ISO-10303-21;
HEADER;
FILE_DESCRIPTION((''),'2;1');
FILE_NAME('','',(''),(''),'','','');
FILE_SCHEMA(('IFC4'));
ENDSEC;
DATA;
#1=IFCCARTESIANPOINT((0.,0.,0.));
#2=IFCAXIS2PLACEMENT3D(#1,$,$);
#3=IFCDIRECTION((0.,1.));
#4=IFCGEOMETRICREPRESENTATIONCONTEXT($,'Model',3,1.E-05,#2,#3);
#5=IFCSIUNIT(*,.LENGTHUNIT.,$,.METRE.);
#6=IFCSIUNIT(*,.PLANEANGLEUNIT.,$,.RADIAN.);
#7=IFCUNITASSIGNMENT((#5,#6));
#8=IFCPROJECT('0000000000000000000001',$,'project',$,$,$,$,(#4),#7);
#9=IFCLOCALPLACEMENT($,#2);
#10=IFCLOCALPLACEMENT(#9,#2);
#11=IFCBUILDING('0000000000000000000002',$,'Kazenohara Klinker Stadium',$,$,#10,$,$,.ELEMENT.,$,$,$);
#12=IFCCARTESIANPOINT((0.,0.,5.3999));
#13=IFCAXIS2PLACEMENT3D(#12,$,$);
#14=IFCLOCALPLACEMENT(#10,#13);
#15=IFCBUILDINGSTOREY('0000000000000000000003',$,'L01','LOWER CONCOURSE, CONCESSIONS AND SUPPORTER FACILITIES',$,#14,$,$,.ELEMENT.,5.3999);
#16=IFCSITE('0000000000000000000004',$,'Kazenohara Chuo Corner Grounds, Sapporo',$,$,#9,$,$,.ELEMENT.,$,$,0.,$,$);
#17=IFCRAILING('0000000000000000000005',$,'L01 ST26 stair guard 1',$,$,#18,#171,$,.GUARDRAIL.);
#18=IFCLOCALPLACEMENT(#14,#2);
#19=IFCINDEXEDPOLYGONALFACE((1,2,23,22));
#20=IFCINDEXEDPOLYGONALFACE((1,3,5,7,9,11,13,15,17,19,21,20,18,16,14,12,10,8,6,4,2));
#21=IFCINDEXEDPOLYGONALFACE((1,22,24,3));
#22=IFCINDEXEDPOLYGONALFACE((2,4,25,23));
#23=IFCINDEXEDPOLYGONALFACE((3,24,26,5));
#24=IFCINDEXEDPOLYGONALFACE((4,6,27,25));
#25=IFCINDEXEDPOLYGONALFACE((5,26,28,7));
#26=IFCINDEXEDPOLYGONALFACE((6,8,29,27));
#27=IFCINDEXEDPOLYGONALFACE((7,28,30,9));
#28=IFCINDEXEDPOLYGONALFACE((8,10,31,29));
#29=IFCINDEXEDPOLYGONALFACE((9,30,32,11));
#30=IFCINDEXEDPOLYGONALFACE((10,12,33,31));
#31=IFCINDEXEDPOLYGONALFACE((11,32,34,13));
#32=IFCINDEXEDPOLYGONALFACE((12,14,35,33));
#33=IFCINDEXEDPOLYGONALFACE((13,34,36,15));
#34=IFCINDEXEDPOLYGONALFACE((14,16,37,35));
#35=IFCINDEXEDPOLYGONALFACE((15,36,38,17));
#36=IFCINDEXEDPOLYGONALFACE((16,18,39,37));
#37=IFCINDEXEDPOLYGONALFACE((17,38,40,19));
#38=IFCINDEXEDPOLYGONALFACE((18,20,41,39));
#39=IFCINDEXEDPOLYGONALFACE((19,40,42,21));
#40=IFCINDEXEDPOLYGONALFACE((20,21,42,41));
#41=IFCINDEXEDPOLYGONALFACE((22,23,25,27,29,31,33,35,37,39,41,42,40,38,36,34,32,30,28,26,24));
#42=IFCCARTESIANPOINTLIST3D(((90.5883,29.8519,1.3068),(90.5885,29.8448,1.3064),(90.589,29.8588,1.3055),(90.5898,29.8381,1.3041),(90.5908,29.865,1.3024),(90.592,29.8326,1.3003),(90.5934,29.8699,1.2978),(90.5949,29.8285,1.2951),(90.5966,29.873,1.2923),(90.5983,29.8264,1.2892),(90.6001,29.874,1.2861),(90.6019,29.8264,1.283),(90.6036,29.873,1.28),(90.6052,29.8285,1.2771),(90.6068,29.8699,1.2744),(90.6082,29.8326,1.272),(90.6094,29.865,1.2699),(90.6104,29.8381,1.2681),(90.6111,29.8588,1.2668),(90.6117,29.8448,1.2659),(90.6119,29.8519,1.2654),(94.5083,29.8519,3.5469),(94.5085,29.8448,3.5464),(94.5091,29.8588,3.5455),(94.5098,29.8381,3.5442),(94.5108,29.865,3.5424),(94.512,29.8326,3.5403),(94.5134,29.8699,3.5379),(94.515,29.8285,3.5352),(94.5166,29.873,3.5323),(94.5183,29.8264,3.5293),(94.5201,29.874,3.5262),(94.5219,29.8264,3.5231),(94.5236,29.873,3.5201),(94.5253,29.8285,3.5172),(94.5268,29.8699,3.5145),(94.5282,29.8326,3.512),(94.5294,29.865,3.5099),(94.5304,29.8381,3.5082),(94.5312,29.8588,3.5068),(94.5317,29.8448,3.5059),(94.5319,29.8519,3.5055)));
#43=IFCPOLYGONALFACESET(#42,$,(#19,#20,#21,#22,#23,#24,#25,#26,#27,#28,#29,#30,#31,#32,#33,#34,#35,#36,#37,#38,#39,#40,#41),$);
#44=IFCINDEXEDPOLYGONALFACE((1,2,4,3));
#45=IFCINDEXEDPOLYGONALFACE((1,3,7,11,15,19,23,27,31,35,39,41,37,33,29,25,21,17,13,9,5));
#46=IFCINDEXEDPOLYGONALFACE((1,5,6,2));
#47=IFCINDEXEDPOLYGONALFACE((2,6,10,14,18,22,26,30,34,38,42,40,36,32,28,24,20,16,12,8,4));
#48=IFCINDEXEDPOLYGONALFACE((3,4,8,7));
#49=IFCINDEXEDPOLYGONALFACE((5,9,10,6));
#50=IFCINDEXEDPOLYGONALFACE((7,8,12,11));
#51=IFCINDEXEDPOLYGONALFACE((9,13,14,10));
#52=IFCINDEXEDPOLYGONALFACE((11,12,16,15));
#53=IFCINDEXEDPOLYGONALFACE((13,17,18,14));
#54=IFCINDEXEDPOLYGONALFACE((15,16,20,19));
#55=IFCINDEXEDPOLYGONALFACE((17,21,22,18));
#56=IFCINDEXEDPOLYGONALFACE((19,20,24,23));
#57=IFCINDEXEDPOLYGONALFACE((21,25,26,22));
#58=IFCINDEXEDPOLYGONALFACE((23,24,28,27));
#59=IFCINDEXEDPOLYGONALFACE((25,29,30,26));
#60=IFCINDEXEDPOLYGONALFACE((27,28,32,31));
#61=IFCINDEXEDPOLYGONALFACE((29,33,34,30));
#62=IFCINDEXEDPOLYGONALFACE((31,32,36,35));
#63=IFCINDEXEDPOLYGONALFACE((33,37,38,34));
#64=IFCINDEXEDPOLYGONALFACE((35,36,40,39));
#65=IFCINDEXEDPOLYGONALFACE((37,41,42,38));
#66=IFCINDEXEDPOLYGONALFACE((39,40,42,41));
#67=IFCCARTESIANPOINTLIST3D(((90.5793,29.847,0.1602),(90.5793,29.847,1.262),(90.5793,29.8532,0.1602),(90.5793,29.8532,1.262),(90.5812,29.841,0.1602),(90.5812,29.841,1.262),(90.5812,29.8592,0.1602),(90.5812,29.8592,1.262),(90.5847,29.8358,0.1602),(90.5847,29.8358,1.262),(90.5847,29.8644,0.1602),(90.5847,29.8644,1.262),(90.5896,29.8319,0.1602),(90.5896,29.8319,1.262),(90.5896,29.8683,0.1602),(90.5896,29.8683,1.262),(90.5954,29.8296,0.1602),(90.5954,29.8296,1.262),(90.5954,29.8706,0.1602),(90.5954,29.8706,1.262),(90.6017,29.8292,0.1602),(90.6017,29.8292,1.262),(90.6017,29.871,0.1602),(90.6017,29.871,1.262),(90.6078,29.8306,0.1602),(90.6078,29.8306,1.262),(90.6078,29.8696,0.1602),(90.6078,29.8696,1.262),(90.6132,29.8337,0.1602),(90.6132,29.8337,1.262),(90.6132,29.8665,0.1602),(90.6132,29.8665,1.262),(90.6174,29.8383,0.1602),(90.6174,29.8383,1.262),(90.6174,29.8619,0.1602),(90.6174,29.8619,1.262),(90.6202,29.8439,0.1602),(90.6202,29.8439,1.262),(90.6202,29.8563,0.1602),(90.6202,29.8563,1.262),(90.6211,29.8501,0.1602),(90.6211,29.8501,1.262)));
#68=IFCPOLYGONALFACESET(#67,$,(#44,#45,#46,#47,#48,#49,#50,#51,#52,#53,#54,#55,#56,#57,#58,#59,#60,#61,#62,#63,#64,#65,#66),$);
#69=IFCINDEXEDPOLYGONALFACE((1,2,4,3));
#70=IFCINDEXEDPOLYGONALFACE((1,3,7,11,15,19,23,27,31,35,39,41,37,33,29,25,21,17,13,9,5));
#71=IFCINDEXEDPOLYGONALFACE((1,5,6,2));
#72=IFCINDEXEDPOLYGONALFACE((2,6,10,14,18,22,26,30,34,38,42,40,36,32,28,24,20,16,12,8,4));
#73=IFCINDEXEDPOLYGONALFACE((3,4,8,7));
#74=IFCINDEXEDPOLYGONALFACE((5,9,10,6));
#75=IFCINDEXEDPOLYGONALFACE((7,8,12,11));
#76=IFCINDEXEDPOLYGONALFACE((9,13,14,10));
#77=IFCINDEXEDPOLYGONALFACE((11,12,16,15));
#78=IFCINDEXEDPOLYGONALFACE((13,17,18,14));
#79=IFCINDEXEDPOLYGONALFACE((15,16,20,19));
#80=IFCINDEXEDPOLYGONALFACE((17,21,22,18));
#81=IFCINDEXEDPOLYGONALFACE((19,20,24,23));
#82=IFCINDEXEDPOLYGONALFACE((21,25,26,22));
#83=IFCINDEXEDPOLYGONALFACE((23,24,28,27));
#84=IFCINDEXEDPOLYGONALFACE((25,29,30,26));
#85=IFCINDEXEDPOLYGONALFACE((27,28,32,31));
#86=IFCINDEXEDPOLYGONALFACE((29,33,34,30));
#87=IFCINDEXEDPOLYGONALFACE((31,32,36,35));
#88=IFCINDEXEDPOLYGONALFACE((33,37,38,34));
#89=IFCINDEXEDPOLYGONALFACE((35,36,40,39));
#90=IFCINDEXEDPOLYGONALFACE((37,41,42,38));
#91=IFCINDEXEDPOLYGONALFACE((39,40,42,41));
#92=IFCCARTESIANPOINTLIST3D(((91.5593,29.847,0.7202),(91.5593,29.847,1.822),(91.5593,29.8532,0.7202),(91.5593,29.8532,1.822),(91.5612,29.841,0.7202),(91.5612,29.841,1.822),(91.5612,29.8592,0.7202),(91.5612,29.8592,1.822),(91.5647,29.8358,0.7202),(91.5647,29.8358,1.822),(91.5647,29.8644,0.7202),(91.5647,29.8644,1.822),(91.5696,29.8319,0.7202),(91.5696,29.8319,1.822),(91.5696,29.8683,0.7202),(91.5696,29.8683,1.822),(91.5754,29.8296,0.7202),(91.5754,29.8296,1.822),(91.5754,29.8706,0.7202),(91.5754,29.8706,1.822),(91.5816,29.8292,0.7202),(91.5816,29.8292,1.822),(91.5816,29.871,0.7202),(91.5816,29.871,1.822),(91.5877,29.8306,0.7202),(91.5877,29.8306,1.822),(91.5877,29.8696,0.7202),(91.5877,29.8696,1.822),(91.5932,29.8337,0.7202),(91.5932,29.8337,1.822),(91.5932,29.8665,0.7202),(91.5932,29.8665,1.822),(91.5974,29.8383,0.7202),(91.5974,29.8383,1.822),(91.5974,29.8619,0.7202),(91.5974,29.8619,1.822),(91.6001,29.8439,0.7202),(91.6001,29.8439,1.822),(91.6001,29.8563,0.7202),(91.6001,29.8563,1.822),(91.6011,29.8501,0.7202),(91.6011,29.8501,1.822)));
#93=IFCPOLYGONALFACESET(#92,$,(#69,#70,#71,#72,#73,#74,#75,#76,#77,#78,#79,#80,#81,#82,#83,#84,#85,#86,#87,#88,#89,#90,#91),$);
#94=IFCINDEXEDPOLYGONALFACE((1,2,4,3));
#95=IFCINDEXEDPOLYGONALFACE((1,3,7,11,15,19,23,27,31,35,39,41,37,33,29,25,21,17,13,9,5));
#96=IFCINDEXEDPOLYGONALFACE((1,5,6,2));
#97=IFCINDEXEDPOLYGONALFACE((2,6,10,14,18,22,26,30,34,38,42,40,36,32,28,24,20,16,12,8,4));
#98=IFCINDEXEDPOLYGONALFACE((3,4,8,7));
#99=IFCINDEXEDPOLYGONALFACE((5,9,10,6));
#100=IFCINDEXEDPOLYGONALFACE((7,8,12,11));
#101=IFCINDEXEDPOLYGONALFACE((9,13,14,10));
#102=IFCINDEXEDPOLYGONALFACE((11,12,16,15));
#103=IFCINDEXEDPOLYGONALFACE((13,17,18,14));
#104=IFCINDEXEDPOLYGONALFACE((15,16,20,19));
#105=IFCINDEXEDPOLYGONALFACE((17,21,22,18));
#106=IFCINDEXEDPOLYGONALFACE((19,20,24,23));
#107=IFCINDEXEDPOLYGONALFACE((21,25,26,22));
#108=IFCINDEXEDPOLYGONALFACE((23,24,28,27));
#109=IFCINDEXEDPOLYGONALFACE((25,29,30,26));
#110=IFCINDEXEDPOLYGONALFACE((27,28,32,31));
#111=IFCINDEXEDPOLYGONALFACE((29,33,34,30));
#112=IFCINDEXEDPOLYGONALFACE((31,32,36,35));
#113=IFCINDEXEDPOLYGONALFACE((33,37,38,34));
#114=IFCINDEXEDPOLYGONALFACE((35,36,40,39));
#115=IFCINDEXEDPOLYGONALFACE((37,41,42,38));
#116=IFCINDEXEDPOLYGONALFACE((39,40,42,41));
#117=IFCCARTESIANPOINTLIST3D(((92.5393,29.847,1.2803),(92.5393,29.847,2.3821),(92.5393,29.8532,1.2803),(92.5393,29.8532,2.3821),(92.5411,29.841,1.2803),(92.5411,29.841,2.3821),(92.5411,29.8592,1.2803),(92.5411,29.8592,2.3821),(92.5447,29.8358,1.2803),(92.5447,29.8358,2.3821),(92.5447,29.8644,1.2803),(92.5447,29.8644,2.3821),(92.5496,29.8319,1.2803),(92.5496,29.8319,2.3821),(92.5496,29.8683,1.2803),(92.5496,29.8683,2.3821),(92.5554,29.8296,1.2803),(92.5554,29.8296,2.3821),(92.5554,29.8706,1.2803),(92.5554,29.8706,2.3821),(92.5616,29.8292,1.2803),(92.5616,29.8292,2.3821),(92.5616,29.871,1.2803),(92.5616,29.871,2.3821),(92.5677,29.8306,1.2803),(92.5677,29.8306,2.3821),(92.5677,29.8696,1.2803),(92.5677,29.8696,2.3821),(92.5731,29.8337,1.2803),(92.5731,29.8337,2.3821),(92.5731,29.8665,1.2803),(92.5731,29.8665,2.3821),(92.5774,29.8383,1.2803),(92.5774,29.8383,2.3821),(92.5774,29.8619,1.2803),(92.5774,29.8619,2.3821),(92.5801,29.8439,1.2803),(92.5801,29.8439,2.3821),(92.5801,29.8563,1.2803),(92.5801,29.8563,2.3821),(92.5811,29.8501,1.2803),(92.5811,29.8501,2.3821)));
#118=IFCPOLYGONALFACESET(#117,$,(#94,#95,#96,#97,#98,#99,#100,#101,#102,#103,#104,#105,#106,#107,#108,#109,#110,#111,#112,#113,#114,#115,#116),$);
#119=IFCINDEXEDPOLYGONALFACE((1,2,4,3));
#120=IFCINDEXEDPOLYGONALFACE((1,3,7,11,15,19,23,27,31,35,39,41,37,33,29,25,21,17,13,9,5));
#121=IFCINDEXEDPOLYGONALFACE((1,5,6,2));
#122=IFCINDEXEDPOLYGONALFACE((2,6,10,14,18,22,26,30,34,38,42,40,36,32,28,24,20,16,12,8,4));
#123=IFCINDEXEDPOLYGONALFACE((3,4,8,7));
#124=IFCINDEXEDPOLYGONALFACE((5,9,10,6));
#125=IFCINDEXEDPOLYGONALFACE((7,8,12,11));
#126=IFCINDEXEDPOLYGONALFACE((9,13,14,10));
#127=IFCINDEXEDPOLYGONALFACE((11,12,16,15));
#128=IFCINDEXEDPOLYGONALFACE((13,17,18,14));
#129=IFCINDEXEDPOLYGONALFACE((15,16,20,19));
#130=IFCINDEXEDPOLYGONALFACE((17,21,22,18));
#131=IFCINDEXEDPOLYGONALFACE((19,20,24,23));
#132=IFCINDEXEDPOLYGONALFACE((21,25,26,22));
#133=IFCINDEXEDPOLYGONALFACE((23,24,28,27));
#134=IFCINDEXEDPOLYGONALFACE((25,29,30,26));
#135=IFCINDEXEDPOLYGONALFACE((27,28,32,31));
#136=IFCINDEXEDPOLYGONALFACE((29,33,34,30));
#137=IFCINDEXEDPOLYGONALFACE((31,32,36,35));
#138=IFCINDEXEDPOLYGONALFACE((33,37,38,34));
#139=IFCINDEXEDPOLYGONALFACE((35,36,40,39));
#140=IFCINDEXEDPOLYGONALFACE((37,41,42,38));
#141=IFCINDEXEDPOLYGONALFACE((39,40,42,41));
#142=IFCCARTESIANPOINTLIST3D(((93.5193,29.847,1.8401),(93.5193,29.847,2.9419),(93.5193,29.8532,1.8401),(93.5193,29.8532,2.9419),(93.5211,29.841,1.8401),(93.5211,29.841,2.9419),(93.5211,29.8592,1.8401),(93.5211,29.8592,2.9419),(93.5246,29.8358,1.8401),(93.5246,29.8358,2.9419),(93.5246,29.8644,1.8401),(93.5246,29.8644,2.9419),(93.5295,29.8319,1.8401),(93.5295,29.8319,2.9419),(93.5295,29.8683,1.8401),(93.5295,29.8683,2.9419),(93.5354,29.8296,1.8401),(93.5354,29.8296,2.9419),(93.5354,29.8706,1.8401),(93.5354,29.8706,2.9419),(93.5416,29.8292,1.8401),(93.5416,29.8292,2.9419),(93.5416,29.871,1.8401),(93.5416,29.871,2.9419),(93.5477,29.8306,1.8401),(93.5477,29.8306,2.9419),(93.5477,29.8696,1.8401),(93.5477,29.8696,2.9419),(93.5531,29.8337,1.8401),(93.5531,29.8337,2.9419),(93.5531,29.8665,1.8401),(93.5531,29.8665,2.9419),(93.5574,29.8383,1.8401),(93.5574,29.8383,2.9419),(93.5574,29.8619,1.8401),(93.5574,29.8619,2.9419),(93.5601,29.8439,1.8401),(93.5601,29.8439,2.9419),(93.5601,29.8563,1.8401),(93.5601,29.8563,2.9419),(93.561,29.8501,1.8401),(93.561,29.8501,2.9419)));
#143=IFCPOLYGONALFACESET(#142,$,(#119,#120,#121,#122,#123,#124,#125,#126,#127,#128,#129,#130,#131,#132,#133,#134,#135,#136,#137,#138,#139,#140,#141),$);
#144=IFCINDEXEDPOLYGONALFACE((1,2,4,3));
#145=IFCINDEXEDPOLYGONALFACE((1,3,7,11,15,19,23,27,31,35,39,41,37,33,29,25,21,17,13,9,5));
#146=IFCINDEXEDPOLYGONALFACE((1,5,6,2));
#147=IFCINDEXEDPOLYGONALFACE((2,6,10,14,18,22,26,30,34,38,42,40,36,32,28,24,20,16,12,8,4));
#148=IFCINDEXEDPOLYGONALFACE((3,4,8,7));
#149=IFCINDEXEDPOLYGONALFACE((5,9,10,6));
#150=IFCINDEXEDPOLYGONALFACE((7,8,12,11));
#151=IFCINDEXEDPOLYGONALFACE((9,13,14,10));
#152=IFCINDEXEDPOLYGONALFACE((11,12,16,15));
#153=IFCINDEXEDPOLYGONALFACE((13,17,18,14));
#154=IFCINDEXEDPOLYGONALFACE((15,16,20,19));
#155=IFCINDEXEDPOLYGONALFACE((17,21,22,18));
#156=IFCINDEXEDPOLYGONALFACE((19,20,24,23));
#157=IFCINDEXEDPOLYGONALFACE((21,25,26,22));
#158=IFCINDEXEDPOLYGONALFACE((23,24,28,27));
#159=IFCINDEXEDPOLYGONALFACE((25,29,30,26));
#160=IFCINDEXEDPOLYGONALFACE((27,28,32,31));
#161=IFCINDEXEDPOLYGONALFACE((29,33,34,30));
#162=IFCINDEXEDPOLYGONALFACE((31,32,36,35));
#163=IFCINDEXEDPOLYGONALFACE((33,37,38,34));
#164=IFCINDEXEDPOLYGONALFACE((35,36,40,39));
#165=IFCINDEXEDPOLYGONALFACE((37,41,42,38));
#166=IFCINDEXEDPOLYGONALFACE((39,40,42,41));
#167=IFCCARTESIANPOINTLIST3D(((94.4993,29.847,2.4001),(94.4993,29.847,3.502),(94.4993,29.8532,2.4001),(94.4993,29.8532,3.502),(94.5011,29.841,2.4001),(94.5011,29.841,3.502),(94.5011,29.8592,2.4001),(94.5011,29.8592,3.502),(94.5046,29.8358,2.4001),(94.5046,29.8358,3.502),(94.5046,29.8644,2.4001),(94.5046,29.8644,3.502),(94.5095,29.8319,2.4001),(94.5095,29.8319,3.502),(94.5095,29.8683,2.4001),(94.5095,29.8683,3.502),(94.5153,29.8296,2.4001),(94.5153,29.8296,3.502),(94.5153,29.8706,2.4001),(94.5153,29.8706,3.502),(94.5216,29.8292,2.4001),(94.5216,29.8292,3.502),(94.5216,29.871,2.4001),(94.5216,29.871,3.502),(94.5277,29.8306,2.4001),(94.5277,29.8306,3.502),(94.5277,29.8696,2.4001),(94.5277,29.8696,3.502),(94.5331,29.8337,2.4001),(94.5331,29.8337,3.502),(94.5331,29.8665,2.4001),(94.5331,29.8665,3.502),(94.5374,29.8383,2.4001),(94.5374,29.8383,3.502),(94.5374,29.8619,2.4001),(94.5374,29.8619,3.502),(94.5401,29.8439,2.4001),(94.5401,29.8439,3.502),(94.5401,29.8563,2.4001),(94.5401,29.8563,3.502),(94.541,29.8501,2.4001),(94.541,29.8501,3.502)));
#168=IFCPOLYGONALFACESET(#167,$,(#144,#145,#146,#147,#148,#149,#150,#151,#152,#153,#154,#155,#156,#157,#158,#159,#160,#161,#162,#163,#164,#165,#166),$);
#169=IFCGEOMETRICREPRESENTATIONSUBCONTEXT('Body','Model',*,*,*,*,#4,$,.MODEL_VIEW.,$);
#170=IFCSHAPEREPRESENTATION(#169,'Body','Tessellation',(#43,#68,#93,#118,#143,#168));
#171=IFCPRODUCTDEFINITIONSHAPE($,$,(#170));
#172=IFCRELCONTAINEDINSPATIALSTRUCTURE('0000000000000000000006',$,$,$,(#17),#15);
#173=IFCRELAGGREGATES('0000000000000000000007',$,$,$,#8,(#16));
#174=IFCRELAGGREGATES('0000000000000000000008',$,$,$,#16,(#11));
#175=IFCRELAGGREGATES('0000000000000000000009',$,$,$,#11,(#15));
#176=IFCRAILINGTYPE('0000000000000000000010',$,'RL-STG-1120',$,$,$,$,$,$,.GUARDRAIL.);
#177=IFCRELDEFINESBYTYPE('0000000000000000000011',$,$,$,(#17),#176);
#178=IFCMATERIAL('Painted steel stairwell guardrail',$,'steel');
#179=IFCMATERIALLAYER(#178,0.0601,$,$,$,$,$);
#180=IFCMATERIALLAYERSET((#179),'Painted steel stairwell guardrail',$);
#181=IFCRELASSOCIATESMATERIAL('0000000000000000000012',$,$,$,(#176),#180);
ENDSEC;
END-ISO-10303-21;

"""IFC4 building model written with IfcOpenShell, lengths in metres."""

from ifc_helpers import new_model, si_unit, direction, frame, origin, origin_2d, place, context, subcontext, project, spatial, circle, extrude, material, layer, layer_set, type_object, element, save


model = new_model("IFC4")

# Units and contexts
model_context = context("Model", 3, precision=1e-05, world=origin(), true_north=direction((0.0, 1.0)))
body_context = subcontext(model_context, "Body", "Model", "MODEL_VIEW")
ifc_project = project(units=[si_unit("LENGTHUNIT", "METRE"), si_unit("PLANEANGLEUNIT", "RADIAN")], contexts=[model_context])

# Site, building, storey
site_placement = place(None, origin())
site = spatial("IfcSite", under=ifc_project, at=site_placement, Name="Kazenohara Chuo Corner Grounds, Sapporo", CompositionType="ELEMENT", RefElevation=0.0)
building_placement = place(site_placement, origin())
building = spatial("IfcBuilding", under=site, at=building_placement, Name="Kazenohara Klinker Stadium", CompositionType="ELEMENT")
storey_placement = place(building_placement, frame((0.0, 0.0, 5.3999)))
storey = spatial("IfcBuildingStorey", under=building, at=storey_placement, Name="L01", Description="LOWER CONCOURSE, CONCESSIONS AND SUPPORTER FACILITIES", CompositionType="ELEMENT", Elevation=5.3999)

# Railing
ifc_material_1 = material(Name="Painted steel stairwell guardrail", Category="steel")
ifc_layer_1 = layer(ifc_material_1, 0.0601)
ifc_layer_set_1 = layer_set([ifc_layer_1], Name="Painted steel stairwell guardrail")
railing_type_1 = type_object("IfcRailingType", Name="RL-STG-1120", PredefinedType="GUARDRAIL", material=ifc_layer_set_1)
railing_1_placement = place(storey_placement, frame((90.6001, 29.8501, 0.1602)))
element("IfcRailing", 1, at=railing_1_placement, inside=storey, type_object=railing_type_1, Name="L01 ST26 stair guard 1", PredefinedType="GUARDRAIL", context=body_context, shape_type="SweptSolid", body=[
    extrude(circle(Radius=0.0239, at=origin_2d()), frame((0.0, 0.0, 1.126), z_axis=(0.86824, 0.0, 0.496145), x_axis=(0.0, 1.0, 0.0)), (0.0, 0.0, 1.0), 4.5149),
    extrude(circle(Radius=0.021, at=origin_2d()), origin(), (0.0, 0.0, 1.0), 1.1018),
    extrude(circle(Radius=0.021, at=origin_2d()), frame((0.98, 0.0, 0.5601)), (0.0, 0.0, 1.0), 1.1018),
    extrude(circle(Radius=0.021, at=origin_2d()), frame((1.96, 0.0, 1.1201)), (0.0, 0.0, 1.0), 1.1018),
    extrude(circle(Radius=0.021, at=origin_2d()), frame((2.9399, 0.0, 1.6799)), (0.0, 0.0, 1.0), 1.1018),
    extrude(circle(Radius=0.021, at=origin_2d()), frame((3.9199, 0.0, 2.24)), (0.0, 0.0, 1.0), 1.1018),
])

save(model, "model.ifc")
